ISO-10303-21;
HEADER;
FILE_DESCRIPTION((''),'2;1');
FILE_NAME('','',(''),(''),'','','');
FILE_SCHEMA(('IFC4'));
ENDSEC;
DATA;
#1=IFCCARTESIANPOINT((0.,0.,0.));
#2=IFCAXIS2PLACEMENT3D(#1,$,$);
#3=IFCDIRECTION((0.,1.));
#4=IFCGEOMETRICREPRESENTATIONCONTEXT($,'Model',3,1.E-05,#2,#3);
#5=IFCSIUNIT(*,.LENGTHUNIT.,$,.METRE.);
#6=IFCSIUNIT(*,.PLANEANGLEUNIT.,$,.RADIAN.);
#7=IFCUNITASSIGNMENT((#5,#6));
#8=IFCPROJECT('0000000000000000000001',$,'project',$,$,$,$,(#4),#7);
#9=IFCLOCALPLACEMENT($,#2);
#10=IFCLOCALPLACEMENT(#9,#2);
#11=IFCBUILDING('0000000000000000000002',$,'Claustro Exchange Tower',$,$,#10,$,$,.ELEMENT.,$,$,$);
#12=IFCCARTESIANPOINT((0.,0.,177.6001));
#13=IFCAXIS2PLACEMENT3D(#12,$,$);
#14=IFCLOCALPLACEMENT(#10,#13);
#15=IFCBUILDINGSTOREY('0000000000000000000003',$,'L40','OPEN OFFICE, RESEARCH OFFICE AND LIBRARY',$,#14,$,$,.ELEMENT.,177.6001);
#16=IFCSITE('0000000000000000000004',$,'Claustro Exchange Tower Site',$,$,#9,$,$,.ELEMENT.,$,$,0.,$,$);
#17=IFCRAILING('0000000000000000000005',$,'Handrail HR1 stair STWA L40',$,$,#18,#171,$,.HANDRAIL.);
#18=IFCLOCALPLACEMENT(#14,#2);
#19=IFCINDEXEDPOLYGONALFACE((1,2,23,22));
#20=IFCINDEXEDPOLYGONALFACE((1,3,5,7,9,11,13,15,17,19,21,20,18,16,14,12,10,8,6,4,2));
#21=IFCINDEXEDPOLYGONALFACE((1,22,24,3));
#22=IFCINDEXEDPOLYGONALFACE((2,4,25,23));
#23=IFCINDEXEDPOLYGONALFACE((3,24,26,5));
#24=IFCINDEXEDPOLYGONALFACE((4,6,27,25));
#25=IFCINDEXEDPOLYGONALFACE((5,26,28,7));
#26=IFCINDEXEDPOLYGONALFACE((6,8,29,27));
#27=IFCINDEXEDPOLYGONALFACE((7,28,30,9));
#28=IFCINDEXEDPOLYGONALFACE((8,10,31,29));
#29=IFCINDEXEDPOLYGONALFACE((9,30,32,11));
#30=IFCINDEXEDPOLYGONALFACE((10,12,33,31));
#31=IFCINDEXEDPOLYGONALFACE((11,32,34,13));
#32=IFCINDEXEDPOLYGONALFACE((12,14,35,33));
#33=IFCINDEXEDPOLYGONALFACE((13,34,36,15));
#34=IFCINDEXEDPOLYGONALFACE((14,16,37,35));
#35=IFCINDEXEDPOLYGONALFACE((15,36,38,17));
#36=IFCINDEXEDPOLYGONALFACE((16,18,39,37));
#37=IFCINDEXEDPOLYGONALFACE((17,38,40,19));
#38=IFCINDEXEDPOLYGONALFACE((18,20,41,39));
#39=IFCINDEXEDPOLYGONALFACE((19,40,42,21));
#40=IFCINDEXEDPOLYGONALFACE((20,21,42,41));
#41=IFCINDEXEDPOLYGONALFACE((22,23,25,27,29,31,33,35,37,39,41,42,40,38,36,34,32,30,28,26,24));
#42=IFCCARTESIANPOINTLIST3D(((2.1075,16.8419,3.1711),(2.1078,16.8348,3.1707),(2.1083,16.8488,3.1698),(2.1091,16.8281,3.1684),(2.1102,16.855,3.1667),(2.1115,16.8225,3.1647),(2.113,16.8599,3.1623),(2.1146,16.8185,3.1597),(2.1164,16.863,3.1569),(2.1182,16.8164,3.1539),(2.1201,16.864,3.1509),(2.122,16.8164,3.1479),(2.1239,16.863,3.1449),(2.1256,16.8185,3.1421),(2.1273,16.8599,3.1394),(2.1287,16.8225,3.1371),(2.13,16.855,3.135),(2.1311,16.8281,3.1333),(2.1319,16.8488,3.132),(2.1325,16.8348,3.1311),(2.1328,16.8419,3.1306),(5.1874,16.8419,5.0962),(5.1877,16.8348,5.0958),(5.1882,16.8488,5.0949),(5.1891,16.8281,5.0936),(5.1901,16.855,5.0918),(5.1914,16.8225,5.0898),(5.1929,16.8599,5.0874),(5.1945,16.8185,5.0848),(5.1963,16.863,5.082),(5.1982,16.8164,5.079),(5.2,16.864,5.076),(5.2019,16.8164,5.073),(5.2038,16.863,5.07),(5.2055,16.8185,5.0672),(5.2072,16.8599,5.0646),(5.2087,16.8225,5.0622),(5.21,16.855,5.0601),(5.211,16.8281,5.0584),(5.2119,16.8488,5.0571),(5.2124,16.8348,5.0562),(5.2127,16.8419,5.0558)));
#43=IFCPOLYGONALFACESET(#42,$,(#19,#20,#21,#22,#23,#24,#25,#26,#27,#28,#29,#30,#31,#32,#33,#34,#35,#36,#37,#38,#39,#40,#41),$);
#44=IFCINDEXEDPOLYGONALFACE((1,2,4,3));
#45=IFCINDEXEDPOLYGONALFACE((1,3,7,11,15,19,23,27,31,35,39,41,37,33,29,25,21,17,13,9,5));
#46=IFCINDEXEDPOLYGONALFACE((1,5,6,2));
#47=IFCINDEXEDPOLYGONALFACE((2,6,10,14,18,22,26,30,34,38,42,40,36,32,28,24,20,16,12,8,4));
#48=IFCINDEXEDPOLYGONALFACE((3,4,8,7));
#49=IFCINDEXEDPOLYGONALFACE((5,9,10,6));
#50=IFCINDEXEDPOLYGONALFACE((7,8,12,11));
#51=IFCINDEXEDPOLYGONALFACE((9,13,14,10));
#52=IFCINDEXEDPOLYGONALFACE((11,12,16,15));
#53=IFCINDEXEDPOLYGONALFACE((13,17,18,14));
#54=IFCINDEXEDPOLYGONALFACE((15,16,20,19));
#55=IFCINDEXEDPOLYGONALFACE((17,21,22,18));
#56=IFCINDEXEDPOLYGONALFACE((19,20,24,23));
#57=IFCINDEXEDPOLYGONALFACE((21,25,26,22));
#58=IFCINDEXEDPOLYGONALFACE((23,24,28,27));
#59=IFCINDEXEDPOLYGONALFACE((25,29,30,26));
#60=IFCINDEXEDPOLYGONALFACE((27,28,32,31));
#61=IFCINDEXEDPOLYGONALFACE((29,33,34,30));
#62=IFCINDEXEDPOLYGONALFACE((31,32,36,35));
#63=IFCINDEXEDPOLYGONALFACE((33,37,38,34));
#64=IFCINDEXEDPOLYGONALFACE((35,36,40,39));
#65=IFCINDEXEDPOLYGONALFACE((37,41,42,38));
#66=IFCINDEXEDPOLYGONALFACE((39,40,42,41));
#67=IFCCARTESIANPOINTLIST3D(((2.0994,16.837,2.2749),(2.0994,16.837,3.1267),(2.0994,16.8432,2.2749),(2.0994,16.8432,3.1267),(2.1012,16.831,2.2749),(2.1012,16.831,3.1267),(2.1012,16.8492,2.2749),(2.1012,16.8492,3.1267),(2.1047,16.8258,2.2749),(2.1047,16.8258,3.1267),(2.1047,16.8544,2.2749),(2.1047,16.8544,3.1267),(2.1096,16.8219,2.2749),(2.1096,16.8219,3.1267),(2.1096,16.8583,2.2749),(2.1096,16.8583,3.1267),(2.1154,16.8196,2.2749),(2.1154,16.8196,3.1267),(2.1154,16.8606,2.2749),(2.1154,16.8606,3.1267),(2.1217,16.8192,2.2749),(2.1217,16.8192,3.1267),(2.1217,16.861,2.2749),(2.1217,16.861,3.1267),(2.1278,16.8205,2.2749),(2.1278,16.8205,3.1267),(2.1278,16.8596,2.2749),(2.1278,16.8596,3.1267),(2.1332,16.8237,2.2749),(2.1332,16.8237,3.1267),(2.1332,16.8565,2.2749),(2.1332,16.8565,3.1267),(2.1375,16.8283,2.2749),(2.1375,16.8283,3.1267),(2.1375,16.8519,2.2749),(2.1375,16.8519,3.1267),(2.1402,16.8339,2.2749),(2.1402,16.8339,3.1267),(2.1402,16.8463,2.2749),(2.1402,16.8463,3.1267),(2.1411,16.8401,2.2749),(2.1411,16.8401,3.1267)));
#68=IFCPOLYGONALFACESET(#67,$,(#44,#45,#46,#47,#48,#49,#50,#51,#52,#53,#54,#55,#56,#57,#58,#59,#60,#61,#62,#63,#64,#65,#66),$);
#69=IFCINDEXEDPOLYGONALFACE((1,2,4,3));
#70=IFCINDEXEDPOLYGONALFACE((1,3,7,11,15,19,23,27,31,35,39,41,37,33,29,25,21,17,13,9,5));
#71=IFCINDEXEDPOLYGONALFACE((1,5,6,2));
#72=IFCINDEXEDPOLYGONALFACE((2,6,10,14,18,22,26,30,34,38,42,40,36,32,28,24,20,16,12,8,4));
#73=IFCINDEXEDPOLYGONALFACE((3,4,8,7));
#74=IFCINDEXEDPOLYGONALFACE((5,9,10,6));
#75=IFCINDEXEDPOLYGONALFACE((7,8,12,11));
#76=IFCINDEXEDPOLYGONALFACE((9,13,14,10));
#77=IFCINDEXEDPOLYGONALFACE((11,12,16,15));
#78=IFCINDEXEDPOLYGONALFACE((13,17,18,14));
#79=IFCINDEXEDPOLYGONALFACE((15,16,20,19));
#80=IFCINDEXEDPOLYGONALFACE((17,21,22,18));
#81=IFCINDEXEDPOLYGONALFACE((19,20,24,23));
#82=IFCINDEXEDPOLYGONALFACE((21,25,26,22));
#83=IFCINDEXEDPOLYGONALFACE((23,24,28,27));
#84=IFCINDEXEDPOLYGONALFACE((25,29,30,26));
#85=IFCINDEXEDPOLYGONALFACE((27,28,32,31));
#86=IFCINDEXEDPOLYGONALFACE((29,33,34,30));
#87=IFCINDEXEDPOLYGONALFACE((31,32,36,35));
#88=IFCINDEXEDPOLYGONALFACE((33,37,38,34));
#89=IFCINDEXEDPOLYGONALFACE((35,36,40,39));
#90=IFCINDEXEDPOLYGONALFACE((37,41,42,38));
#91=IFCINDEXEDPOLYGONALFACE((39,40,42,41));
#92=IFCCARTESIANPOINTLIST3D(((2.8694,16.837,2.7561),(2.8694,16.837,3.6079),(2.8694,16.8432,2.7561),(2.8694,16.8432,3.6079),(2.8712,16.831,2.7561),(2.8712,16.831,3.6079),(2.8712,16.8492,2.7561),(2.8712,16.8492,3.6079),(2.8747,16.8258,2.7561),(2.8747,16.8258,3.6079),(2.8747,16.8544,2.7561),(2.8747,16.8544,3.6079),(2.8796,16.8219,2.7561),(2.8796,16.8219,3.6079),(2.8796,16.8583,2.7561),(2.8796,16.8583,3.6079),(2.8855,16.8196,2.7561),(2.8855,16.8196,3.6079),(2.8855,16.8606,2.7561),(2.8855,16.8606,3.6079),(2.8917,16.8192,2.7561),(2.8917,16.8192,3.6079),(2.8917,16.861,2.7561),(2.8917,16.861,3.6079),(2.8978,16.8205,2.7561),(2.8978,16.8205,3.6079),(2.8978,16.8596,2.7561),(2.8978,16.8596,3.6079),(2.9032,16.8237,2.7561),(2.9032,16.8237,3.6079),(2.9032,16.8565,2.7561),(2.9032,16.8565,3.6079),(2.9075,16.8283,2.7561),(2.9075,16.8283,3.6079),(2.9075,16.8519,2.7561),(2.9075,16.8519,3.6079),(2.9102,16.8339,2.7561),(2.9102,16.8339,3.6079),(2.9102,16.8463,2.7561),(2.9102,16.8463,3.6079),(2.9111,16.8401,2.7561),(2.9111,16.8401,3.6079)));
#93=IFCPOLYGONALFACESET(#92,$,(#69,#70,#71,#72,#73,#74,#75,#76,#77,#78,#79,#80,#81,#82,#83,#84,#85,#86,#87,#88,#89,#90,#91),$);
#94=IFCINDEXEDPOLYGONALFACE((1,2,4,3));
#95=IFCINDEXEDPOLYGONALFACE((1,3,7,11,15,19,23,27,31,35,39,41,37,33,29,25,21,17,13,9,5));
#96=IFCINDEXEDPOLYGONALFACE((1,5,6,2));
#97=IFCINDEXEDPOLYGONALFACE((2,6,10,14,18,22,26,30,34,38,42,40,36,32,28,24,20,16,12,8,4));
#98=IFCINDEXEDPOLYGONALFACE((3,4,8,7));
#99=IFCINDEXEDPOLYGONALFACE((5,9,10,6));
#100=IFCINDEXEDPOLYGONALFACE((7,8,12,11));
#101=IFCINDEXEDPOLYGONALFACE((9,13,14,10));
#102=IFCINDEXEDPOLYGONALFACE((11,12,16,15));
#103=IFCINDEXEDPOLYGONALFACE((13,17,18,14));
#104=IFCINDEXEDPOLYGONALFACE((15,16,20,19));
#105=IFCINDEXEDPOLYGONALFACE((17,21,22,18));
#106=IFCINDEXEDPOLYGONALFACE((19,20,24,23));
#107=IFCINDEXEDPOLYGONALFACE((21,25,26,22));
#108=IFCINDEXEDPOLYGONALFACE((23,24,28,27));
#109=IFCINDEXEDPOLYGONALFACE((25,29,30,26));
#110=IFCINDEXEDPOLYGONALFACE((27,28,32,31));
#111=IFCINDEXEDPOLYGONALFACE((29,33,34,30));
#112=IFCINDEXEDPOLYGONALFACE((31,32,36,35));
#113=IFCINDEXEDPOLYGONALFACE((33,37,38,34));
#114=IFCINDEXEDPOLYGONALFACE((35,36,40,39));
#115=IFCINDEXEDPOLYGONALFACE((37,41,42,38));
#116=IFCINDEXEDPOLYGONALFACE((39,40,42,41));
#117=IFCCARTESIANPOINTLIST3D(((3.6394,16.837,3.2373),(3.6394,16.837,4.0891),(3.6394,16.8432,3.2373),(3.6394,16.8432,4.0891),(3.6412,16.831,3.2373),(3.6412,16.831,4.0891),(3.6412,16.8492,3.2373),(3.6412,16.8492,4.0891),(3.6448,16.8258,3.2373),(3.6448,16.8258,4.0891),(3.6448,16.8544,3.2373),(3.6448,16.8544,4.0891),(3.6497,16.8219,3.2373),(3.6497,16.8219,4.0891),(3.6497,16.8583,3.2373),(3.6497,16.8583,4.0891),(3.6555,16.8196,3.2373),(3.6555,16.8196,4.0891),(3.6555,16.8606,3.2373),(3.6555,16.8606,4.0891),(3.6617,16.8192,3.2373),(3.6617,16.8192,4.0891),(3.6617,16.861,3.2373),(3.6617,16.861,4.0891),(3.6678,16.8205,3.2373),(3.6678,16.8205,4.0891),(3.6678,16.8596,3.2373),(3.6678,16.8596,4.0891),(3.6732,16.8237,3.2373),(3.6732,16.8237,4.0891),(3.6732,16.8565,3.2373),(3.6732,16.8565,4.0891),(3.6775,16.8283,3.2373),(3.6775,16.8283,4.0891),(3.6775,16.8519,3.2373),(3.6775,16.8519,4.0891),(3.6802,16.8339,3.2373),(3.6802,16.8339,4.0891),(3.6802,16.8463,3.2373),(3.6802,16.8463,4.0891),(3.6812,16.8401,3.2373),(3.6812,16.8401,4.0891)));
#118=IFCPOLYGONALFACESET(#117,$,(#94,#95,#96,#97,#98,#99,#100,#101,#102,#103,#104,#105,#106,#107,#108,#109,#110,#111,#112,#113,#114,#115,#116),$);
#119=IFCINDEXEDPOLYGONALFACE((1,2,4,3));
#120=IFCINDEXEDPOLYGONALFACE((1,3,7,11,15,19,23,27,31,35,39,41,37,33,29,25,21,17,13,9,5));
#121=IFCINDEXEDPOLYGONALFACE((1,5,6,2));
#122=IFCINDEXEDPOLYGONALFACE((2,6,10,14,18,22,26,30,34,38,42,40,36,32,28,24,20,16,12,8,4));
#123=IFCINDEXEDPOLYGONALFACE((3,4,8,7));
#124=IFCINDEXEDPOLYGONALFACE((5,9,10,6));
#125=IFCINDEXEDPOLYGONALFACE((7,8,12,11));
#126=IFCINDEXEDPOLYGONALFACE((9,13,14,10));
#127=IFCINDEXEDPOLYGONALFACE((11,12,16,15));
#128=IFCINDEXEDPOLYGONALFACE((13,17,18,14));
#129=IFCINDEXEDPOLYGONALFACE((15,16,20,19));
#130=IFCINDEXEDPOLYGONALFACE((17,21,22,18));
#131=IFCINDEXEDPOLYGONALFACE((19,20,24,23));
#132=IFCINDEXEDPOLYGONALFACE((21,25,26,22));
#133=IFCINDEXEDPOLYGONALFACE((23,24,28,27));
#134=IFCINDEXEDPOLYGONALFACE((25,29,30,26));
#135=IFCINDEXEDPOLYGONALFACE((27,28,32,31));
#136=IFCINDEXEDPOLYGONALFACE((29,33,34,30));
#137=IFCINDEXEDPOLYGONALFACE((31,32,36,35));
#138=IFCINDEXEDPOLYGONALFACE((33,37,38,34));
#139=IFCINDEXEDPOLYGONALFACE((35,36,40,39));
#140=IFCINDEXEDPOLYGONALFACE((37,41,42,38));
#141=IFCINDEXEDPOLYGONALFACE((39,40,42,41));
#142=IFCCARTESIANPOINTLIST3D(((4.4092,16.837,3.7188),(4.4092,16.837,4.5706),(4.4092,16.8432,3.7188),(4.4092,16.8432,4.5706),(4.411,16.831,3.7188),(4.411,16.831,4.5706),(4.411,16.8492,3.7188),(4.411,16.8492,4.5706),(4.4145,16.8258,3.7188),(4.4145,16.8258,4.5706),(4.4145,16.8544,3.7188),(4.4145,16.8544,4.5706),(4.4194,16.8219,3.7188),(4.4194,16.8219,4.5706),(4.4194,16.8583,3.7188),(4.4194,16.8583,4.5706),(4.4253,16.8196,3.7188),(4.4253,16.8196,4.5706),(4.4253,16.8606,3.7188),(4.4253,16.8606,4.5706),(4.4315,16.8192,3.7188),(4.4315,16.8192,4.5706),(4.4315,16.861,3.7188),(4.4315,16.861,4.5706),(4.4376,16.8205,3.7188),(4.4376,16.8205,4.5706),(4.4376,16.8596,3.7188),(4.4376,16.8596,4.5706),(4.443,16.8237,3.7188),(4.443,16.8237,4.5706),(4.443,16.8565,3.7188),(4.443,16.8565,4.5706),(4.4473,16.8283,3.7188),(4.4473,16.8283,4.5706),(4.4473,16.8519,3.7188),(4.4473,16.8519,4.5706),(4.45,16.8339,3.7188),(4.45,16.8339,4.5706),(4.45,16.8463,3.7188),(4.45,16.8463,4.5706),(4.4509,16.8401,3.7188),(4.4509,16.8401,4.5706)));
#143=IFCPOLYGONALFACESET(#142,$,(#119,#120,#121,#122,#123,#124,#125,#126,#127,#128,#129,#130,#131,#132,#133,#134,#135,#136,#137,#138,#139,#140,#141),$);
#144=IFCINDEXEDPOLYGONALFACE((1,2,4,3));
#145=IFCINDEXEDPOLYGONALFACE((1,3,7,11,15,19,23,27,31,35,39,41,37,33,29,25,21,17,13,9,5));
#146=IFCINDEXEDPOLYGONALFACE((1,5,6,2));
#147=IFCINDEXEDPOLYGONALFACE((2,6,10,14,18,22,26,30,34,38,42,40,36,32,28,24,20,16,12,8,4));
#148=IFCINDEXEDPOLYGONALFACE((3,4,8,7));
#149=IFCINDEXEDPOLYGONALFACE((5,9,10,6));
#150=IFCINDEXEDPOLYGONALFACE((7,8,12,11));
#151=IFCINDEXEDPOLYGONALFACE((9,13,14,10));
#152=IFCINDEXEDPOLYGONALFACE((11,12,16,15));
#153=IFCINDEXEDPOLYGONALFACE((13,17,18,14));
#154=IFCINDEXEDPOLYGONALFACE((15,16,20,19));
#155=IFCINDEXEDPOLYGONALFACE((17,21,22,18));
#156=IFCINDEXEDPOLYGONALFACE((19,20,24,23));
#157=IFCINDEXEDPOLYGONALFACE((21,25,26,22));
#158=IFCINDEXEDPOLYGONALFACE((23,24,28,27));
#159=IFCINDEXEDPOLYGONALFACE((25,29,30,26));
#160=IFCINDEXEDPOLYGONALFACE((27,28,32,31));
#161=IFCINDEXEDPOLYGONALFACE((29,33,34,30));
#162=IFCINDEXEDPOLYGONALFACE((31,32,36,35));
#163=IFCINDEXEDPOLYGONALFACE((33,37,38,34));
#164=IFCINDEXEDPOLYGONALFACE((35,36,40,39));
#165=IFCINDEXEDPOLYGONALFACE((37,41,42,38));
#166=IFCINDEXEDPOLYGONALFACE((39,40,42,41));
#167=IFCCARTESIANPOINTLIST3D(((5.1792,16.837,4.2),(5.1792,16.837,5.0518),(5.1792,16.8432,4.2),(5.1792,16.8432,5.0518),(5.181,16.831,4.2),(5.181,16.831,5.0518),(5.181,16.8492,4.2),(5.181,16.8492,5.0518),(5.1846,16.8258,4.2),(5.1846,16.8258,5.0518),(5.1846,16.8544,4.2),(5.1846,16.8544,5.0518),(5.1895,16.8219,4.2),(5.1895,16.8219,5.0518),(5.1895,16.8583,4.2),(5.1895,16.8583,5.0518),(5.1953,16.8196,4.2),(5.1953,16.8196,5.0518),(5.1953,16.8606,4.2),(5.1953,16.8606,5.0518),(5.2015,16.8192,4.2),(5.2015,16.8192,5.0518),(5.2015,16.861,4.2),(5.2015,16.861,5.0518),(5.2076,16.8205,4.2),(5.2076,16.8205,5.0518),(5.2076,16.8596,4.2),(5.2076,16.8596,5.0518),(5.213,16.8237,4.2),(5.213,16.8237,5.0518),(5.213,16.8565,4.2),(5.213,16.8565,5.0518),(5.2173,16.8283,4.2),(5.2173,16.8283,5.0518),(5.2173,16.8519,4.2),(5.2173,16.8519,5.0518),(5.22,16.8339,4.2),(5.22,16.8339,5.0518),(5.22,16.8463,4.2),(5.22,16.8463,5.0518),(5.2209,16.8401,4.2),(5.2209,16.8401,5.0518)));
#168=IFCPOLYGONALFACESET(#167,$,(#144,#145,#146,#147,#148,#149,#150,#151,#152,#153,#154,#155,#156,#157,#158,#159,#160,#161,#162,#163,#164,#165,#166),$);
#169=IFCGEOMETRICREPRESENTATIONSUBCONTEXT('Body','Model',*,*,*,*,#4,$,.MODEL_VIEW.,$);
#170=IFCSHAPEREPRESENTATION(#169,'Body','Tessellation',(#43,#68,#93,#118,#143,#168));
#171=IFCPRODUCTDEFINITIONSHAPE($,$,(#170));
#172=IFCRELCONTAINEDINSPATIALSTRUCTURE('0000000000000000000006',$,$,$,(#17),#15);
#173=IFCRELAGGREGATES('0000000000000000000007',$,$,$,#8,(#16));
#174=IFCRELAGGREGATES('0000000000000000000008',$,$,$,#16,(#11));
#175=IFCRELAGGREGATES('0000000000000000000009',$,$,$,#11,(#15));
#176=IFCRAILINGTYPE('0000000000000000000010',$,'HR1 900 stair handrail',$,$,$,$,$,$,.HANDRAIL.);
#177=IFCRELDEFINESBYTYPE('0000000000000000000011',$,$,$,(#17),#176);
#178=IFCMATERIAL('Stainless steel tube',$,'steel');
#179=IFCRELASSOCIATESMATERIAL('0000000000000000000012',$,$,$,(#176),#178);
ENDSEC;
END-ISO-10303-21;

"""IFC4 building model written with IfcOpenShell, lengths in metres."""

from ifc_helpers import new_model, si_unit, direction, frame, origin, origin_2d, place, context, subcontext, project, spatial, circle, extrude, material, type_object, element, save


model = new_model("IFC4")

# Units and contexts
model_context = context("Model", 3, precision=1e-05, world=origin(), true_north=direction((0.0, 1.0)))
body_context = subcontext(model_context, "Body", "Model", "MODEL_VIEW")
ifc_project = project(units=[si_unit("LENGTHUNIT", "METRE"), si_unit("PLANEANGLEUNIT", "RADIAN")], contexts=[model_context])

# Site, building, storey
site_placement = place(None, origin())
site = spatial("IfcSite", under=ifc_project, at=site_placement, Name="Claustro Exchange Tower Site", CompositionType="ELEMENT", RefElevation=0.0)
building_placement = place(site_placement, origin())
building = spatial("IfcBuilding", under=site, at=building_placement, Name="Claustro Exchange Tower", CompositionType="ELEMENT")
storey_placement = place(building_placement, frame((0.0, 0.0, 177.6001)))
storey = spatial("IfcBuildingStorey", under=building, at=storey_placement, Name="L40", Description="OPEN OFFICE, RESEARCH OFFICE AND LIBRARY", CompositionType="ELEMENT", Elevation=177.6001)

# Railing
ifc_material_1 = material(Name="Stainless steel tube", Category="steel")
railing_type = type_object("IfcRailingType", Name="HR1 900 stair handrail", PredefinedType="HANDRAIL", material=ifc_material_1)
railing_placement = place(storey_placement, frame((2.1201, 16.8401, 2.2749)))
element("IfcRailing", 1, at=railing_placement, inside=storey, type_object=railing_type, Name="Handrail HR1 stair STWA L40", PredefinedType="HANDRAIL", context=body_context, shape_type="SweptSolid", body=[
    extrude(circle(Radius=0.0239, at=origin_2d()), frame((0.0, 0.0, 0.876), z_axis=(0.847979, 0.0, 0.530029), x_axis=(0.0, 1.0, 0.0)), (0.0, 0.0, 1.0), 3.6321),
    extrude(circle(Radius=0.021, at=origin_2d()), origin(), (0.0, 0.0, 1.0), 0.8518),
    extrude(circle(Radius=0.021, at=origin_2d()), frame((0.77, 0.0, 0.4812)), (0.0, 0.0, 1.0), 0.8518),
    extrude(circle(Radius=0.021, at=origin_2d()), frame((1.54, 0.0, 0.9624)), (0.0, 0.0, 1.0), 0.8518),
    extrude(circle(Radius=0.021, at=origin_2d()), frame((2.3098, 0.0, 1.4438)), (0.0, 0.0, 1.0), 0.8518),
    extrude(circle(Radius=0.021, at=origin_2d()), frame((3.0798, 0.0, 1.925)), (0.0, 0.0, 1.0), 0.8518),
])

save(model, "model.ifc")
